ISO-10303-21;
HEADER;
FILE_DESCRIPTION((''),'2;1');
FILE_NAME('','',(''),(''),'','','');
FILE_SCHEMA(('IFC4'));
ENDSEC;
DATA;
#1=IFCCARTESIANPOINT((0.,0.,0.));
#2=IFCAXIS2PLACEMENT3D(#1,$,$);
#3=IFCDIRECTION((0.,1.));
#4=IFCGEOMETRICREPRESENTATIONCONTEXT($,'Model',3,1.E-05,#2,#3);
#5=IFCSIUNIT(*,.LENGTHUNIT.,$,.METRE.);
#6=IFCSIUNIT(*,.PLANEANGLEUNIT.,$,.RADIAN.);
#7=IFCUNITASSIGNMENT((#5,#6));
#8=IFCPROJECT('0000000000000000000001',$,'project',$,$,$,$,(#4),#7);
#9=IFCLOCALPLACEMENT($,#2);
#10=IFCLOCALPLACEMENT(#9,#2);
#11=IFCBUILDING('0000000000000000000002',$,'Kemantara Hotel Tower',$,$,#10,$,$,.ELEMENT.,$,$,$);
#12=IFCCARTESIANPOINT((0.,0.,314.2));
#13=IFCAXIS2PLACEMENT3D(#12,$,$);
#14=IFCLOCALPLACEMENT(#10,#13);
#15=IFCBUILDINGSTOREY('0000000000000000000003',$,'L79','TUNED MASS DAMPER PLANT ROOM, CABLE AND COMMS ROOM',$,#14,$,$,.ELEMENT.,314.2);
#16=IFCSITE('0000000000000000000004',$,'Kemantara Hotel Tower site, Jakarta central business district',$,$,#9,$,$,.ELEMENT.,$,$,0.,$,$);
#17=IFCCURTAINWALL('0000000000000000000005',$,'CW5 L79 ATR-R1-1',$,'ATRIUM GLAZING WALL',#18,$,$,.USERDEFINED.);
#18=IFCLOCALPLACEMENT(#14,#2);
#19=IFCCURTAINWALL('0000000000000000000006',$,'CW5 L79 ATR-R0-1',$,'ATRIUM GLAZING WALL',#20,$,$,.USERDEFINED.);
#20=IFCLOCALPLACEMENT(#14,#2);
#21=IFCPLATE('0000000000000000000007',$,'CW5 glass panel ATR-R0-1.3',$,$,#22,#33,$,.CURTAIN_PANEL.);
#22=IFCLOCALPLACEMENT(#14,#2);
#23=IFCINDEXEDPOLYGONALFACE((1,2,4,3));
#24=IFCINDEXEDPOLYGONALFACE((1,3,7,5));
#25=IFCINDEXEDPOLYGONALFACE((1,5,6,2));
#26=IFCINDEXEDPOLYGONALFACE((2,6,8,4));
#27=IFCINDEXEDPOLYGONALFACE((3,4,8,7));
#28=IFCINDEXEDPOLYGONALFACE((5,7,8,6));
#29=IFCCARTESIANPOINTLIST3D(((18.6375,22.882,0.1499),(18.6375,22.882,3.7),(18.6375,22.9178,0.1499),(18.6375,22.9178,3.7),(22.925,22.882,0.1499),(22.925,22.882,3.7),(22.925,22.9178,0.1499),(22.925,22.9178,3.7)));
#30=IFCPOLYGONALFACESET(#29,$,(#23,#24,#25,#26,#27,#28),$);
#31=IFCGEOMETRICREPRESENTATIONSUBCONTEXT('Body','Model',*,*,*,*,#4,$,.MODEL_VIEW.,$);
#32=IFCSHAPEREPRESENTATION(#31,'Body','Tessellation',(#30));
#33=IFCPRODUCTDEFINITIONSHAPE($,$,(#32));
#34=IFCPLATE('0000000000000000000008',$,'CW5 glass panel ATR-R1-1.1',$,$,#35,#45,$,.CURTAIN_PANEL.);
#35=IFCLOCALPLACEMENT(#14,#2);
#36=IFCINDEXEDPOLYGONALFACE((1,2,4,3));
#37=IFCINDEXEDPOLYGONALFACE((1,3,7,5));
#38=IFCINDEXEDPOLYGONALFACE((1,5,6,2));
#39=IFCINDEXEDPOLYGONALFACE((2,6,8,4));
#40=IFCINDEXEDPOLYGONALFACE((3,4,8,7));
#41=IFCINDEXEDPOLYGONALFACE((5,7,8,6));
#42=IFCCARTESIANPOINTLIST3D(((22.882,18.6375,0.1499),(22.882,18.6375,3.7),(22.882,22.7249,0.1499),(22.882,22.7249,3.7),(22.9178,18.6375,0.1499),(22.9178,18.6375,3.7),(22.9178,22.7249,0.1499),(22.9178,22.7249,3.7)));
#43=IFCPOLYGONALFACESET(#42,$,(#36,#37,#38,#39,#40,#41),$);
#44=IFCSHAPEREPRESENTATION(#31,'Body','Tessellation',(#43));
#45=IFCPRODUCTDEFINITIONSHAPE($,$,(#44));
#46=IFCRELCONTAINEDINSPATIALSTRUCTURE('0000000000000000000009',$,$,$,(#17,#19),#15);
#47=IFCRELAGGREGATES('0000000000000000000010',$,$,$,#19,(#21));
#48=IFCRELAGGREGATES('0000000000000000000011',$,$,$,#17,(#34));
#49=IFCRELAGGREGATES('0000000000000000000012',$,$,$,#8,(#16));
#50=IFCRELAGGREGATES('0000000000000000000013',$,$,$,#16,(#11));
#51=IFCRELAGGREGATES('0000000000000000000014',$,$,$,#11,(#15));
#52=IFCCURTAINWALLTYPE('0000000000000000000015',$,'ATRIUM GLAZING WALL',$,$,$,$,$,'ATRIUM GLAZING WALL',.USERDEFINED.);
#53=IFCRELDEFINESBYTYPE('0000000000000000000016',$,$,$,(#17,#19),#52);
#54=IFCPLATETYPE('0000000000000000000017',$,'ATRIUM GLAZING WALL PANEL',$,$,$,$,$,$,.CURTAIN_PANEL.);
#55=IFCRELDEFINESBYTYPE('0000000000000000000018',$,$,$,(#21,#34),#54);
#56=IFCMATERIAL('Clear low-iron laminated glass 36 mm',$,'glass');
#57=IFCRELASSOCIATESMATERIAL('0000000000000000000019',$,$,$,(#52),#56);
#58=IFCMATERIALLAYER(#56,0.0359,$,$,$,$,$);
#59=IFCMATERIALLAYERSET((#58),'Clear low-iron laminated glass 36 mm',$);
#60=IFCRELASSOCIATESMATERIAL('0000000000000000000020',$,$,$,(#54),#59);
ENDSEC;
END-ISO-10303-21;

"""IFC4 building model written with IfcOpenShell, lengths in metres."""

from ifc_helpers import new_model, si_unit, direction, frame, origin, origin_2d, place, context, subcontext, project, spatial, rectangle, extrude, source, transform, mapped, material, layer, layer_set, type_object, element, aggregate, save


model = new_model("IFC4")

# Units and contexts
model_context = context("Model", 3, precision=1e-05, world=origin(), true_north=direction((0.0, 1.0)))
body_context = subcontext(model_context, "Body", "Model", "MODEL_VIEW")
ifc_project = project(units=[si_unit("LENGTHUNIT", "METRE"), si_unit("PLANEANGLEUNIT", "RADIAN")], contexts=[model_context])

# Site, building, storey
site_placement = place(None, origin())
site = spatial("IfcSite", under=ifc_project, at=site_placement, Name="Kemantara Hotel Tower site, Jakarta central business district", CompositionType="ELEMENT", RefElevation=0.0)
building_placement = place(site_placement, origin())
building = spatial("IfcBuilding", under=site, at=building_placement, Name="Kemantara Hotel Tower", CompositionType="ELEMENT")
storey_placement = place(building_placement, frame((0.0, 0.0, 314.2)))
storey = spatial("IfcBuildingStorey", under=building, at=storey_placement, Name="L79", Description="TUNED MASS DAMPER PLANT ROOM, CABLE AND COMMS ROOM", CompositionType="ELEMENT", Elevation=314.2)

# Curtain wall
ifc_material_1 = material(Name="Clear low-iron laminated glass 36 mm", Category="glass")
curtain_wall_type_1 = type_object("IfcCurtainWallType", Name="ATRIUM GLAZING WALL", ElementType="ATRIUM GLAZING WALL", PredefinedType="USERDEFINED", material=ifc_material_1)
curtain_wall_1_placement = place(storey_placement, origin())
curtain_wall_1 = element("IfcCurtainWall", 1, at=curtain_wall_1_placement, inside=storey, type_object=curtain_wall_type_1, Name="CW5 L79 ATR-R1-1", ObjectType="ATRIUM GLAZING WALL", PredefinedType="USERDEFINED")

# Curtain wall
curtain_wall_2_placement = place(storey_placement, origin())
curtain_wall_2 = element("IfcCurtainWall", 2, at=curtain_wall_2_placement, inside=storey, type_object=curtain_wall_type_1, Name="CW5 L79 ATR-R0-1", ObjectType="ATRIUM GLAZING WALL", PredefinedType="USERDEFINED")

# Plates
ifc_layer_1 = layer(ifc_material_1, 0.0359)
ifc_layer_set_1 = layer_set([ifc_layer_1], Name="Clear low-iron laminated glass 36 mm")
plate_type_1 = type_object("IfcPlateType", Name="ATRIUM GLAZING WALL PANEL", PredefinedType="CURTAIN_PANEL", material=ifc_layer_set_1)
shared_shape_1 = source(origin(), body_context, "Body", "SweptSolid", [
    extrude(rectangle(XDim=4.2876, YDim=0.0359, at=origin_2d()), origin(), (0.0, 0.0, 1.0), 3.55),
])
plate_1_placement = place(storey_placement, frame((20.7812, 22.8999, 0.1499), z_axis=(0.0, 0.0, 1.0), x_axis=(1.0, 0.0, 0.0)))
plate_1 = element("IfcPlate", 3, at=plate_1_placement, type_object=plate_type_1, Name="CW5 glass panel ATR-R0-1.3", PredefinedType="CURTAIN_PANEL", context=body_context, shape_type="MappedRepresentation", body=[
    mapped(shared_shape_1, transform((0.0, 0.0, 0.0))),
])
aggregate(curtain_wall_2, [plate_1])
shared_shape_2 = source(origin(), body_context, "Body", "SweptSolid", [
    extrude(rectangle(XDim=4.0874, YDim=0.0359, at=origin_2d()), origin(), (0.0, 0.0, 1.0), 3.55),
])
plate_2_placement = place(storey_placement, frame((22.8999, 20.6812, 0.1499), z_axis=(0.0, 0.0, 1.0), x_axis=(0.0, -1.0, 0.0)))
plate_2 = element("IfcPlate", 4, at=plate_2_placement, type_object=plate_type_1, Name="CW5 glass panel ATR-R1-1.1", PredefinedType="CURTAIN_PANEL", context=body_context, shape_type="MappedRepresentation", body=[
    mapped(shared_shape_2, transform((0.0, 0.0, 0.0))),
])
aggregate(curtain_wall_1, [plate_2])

save(model, "model.ifc")
